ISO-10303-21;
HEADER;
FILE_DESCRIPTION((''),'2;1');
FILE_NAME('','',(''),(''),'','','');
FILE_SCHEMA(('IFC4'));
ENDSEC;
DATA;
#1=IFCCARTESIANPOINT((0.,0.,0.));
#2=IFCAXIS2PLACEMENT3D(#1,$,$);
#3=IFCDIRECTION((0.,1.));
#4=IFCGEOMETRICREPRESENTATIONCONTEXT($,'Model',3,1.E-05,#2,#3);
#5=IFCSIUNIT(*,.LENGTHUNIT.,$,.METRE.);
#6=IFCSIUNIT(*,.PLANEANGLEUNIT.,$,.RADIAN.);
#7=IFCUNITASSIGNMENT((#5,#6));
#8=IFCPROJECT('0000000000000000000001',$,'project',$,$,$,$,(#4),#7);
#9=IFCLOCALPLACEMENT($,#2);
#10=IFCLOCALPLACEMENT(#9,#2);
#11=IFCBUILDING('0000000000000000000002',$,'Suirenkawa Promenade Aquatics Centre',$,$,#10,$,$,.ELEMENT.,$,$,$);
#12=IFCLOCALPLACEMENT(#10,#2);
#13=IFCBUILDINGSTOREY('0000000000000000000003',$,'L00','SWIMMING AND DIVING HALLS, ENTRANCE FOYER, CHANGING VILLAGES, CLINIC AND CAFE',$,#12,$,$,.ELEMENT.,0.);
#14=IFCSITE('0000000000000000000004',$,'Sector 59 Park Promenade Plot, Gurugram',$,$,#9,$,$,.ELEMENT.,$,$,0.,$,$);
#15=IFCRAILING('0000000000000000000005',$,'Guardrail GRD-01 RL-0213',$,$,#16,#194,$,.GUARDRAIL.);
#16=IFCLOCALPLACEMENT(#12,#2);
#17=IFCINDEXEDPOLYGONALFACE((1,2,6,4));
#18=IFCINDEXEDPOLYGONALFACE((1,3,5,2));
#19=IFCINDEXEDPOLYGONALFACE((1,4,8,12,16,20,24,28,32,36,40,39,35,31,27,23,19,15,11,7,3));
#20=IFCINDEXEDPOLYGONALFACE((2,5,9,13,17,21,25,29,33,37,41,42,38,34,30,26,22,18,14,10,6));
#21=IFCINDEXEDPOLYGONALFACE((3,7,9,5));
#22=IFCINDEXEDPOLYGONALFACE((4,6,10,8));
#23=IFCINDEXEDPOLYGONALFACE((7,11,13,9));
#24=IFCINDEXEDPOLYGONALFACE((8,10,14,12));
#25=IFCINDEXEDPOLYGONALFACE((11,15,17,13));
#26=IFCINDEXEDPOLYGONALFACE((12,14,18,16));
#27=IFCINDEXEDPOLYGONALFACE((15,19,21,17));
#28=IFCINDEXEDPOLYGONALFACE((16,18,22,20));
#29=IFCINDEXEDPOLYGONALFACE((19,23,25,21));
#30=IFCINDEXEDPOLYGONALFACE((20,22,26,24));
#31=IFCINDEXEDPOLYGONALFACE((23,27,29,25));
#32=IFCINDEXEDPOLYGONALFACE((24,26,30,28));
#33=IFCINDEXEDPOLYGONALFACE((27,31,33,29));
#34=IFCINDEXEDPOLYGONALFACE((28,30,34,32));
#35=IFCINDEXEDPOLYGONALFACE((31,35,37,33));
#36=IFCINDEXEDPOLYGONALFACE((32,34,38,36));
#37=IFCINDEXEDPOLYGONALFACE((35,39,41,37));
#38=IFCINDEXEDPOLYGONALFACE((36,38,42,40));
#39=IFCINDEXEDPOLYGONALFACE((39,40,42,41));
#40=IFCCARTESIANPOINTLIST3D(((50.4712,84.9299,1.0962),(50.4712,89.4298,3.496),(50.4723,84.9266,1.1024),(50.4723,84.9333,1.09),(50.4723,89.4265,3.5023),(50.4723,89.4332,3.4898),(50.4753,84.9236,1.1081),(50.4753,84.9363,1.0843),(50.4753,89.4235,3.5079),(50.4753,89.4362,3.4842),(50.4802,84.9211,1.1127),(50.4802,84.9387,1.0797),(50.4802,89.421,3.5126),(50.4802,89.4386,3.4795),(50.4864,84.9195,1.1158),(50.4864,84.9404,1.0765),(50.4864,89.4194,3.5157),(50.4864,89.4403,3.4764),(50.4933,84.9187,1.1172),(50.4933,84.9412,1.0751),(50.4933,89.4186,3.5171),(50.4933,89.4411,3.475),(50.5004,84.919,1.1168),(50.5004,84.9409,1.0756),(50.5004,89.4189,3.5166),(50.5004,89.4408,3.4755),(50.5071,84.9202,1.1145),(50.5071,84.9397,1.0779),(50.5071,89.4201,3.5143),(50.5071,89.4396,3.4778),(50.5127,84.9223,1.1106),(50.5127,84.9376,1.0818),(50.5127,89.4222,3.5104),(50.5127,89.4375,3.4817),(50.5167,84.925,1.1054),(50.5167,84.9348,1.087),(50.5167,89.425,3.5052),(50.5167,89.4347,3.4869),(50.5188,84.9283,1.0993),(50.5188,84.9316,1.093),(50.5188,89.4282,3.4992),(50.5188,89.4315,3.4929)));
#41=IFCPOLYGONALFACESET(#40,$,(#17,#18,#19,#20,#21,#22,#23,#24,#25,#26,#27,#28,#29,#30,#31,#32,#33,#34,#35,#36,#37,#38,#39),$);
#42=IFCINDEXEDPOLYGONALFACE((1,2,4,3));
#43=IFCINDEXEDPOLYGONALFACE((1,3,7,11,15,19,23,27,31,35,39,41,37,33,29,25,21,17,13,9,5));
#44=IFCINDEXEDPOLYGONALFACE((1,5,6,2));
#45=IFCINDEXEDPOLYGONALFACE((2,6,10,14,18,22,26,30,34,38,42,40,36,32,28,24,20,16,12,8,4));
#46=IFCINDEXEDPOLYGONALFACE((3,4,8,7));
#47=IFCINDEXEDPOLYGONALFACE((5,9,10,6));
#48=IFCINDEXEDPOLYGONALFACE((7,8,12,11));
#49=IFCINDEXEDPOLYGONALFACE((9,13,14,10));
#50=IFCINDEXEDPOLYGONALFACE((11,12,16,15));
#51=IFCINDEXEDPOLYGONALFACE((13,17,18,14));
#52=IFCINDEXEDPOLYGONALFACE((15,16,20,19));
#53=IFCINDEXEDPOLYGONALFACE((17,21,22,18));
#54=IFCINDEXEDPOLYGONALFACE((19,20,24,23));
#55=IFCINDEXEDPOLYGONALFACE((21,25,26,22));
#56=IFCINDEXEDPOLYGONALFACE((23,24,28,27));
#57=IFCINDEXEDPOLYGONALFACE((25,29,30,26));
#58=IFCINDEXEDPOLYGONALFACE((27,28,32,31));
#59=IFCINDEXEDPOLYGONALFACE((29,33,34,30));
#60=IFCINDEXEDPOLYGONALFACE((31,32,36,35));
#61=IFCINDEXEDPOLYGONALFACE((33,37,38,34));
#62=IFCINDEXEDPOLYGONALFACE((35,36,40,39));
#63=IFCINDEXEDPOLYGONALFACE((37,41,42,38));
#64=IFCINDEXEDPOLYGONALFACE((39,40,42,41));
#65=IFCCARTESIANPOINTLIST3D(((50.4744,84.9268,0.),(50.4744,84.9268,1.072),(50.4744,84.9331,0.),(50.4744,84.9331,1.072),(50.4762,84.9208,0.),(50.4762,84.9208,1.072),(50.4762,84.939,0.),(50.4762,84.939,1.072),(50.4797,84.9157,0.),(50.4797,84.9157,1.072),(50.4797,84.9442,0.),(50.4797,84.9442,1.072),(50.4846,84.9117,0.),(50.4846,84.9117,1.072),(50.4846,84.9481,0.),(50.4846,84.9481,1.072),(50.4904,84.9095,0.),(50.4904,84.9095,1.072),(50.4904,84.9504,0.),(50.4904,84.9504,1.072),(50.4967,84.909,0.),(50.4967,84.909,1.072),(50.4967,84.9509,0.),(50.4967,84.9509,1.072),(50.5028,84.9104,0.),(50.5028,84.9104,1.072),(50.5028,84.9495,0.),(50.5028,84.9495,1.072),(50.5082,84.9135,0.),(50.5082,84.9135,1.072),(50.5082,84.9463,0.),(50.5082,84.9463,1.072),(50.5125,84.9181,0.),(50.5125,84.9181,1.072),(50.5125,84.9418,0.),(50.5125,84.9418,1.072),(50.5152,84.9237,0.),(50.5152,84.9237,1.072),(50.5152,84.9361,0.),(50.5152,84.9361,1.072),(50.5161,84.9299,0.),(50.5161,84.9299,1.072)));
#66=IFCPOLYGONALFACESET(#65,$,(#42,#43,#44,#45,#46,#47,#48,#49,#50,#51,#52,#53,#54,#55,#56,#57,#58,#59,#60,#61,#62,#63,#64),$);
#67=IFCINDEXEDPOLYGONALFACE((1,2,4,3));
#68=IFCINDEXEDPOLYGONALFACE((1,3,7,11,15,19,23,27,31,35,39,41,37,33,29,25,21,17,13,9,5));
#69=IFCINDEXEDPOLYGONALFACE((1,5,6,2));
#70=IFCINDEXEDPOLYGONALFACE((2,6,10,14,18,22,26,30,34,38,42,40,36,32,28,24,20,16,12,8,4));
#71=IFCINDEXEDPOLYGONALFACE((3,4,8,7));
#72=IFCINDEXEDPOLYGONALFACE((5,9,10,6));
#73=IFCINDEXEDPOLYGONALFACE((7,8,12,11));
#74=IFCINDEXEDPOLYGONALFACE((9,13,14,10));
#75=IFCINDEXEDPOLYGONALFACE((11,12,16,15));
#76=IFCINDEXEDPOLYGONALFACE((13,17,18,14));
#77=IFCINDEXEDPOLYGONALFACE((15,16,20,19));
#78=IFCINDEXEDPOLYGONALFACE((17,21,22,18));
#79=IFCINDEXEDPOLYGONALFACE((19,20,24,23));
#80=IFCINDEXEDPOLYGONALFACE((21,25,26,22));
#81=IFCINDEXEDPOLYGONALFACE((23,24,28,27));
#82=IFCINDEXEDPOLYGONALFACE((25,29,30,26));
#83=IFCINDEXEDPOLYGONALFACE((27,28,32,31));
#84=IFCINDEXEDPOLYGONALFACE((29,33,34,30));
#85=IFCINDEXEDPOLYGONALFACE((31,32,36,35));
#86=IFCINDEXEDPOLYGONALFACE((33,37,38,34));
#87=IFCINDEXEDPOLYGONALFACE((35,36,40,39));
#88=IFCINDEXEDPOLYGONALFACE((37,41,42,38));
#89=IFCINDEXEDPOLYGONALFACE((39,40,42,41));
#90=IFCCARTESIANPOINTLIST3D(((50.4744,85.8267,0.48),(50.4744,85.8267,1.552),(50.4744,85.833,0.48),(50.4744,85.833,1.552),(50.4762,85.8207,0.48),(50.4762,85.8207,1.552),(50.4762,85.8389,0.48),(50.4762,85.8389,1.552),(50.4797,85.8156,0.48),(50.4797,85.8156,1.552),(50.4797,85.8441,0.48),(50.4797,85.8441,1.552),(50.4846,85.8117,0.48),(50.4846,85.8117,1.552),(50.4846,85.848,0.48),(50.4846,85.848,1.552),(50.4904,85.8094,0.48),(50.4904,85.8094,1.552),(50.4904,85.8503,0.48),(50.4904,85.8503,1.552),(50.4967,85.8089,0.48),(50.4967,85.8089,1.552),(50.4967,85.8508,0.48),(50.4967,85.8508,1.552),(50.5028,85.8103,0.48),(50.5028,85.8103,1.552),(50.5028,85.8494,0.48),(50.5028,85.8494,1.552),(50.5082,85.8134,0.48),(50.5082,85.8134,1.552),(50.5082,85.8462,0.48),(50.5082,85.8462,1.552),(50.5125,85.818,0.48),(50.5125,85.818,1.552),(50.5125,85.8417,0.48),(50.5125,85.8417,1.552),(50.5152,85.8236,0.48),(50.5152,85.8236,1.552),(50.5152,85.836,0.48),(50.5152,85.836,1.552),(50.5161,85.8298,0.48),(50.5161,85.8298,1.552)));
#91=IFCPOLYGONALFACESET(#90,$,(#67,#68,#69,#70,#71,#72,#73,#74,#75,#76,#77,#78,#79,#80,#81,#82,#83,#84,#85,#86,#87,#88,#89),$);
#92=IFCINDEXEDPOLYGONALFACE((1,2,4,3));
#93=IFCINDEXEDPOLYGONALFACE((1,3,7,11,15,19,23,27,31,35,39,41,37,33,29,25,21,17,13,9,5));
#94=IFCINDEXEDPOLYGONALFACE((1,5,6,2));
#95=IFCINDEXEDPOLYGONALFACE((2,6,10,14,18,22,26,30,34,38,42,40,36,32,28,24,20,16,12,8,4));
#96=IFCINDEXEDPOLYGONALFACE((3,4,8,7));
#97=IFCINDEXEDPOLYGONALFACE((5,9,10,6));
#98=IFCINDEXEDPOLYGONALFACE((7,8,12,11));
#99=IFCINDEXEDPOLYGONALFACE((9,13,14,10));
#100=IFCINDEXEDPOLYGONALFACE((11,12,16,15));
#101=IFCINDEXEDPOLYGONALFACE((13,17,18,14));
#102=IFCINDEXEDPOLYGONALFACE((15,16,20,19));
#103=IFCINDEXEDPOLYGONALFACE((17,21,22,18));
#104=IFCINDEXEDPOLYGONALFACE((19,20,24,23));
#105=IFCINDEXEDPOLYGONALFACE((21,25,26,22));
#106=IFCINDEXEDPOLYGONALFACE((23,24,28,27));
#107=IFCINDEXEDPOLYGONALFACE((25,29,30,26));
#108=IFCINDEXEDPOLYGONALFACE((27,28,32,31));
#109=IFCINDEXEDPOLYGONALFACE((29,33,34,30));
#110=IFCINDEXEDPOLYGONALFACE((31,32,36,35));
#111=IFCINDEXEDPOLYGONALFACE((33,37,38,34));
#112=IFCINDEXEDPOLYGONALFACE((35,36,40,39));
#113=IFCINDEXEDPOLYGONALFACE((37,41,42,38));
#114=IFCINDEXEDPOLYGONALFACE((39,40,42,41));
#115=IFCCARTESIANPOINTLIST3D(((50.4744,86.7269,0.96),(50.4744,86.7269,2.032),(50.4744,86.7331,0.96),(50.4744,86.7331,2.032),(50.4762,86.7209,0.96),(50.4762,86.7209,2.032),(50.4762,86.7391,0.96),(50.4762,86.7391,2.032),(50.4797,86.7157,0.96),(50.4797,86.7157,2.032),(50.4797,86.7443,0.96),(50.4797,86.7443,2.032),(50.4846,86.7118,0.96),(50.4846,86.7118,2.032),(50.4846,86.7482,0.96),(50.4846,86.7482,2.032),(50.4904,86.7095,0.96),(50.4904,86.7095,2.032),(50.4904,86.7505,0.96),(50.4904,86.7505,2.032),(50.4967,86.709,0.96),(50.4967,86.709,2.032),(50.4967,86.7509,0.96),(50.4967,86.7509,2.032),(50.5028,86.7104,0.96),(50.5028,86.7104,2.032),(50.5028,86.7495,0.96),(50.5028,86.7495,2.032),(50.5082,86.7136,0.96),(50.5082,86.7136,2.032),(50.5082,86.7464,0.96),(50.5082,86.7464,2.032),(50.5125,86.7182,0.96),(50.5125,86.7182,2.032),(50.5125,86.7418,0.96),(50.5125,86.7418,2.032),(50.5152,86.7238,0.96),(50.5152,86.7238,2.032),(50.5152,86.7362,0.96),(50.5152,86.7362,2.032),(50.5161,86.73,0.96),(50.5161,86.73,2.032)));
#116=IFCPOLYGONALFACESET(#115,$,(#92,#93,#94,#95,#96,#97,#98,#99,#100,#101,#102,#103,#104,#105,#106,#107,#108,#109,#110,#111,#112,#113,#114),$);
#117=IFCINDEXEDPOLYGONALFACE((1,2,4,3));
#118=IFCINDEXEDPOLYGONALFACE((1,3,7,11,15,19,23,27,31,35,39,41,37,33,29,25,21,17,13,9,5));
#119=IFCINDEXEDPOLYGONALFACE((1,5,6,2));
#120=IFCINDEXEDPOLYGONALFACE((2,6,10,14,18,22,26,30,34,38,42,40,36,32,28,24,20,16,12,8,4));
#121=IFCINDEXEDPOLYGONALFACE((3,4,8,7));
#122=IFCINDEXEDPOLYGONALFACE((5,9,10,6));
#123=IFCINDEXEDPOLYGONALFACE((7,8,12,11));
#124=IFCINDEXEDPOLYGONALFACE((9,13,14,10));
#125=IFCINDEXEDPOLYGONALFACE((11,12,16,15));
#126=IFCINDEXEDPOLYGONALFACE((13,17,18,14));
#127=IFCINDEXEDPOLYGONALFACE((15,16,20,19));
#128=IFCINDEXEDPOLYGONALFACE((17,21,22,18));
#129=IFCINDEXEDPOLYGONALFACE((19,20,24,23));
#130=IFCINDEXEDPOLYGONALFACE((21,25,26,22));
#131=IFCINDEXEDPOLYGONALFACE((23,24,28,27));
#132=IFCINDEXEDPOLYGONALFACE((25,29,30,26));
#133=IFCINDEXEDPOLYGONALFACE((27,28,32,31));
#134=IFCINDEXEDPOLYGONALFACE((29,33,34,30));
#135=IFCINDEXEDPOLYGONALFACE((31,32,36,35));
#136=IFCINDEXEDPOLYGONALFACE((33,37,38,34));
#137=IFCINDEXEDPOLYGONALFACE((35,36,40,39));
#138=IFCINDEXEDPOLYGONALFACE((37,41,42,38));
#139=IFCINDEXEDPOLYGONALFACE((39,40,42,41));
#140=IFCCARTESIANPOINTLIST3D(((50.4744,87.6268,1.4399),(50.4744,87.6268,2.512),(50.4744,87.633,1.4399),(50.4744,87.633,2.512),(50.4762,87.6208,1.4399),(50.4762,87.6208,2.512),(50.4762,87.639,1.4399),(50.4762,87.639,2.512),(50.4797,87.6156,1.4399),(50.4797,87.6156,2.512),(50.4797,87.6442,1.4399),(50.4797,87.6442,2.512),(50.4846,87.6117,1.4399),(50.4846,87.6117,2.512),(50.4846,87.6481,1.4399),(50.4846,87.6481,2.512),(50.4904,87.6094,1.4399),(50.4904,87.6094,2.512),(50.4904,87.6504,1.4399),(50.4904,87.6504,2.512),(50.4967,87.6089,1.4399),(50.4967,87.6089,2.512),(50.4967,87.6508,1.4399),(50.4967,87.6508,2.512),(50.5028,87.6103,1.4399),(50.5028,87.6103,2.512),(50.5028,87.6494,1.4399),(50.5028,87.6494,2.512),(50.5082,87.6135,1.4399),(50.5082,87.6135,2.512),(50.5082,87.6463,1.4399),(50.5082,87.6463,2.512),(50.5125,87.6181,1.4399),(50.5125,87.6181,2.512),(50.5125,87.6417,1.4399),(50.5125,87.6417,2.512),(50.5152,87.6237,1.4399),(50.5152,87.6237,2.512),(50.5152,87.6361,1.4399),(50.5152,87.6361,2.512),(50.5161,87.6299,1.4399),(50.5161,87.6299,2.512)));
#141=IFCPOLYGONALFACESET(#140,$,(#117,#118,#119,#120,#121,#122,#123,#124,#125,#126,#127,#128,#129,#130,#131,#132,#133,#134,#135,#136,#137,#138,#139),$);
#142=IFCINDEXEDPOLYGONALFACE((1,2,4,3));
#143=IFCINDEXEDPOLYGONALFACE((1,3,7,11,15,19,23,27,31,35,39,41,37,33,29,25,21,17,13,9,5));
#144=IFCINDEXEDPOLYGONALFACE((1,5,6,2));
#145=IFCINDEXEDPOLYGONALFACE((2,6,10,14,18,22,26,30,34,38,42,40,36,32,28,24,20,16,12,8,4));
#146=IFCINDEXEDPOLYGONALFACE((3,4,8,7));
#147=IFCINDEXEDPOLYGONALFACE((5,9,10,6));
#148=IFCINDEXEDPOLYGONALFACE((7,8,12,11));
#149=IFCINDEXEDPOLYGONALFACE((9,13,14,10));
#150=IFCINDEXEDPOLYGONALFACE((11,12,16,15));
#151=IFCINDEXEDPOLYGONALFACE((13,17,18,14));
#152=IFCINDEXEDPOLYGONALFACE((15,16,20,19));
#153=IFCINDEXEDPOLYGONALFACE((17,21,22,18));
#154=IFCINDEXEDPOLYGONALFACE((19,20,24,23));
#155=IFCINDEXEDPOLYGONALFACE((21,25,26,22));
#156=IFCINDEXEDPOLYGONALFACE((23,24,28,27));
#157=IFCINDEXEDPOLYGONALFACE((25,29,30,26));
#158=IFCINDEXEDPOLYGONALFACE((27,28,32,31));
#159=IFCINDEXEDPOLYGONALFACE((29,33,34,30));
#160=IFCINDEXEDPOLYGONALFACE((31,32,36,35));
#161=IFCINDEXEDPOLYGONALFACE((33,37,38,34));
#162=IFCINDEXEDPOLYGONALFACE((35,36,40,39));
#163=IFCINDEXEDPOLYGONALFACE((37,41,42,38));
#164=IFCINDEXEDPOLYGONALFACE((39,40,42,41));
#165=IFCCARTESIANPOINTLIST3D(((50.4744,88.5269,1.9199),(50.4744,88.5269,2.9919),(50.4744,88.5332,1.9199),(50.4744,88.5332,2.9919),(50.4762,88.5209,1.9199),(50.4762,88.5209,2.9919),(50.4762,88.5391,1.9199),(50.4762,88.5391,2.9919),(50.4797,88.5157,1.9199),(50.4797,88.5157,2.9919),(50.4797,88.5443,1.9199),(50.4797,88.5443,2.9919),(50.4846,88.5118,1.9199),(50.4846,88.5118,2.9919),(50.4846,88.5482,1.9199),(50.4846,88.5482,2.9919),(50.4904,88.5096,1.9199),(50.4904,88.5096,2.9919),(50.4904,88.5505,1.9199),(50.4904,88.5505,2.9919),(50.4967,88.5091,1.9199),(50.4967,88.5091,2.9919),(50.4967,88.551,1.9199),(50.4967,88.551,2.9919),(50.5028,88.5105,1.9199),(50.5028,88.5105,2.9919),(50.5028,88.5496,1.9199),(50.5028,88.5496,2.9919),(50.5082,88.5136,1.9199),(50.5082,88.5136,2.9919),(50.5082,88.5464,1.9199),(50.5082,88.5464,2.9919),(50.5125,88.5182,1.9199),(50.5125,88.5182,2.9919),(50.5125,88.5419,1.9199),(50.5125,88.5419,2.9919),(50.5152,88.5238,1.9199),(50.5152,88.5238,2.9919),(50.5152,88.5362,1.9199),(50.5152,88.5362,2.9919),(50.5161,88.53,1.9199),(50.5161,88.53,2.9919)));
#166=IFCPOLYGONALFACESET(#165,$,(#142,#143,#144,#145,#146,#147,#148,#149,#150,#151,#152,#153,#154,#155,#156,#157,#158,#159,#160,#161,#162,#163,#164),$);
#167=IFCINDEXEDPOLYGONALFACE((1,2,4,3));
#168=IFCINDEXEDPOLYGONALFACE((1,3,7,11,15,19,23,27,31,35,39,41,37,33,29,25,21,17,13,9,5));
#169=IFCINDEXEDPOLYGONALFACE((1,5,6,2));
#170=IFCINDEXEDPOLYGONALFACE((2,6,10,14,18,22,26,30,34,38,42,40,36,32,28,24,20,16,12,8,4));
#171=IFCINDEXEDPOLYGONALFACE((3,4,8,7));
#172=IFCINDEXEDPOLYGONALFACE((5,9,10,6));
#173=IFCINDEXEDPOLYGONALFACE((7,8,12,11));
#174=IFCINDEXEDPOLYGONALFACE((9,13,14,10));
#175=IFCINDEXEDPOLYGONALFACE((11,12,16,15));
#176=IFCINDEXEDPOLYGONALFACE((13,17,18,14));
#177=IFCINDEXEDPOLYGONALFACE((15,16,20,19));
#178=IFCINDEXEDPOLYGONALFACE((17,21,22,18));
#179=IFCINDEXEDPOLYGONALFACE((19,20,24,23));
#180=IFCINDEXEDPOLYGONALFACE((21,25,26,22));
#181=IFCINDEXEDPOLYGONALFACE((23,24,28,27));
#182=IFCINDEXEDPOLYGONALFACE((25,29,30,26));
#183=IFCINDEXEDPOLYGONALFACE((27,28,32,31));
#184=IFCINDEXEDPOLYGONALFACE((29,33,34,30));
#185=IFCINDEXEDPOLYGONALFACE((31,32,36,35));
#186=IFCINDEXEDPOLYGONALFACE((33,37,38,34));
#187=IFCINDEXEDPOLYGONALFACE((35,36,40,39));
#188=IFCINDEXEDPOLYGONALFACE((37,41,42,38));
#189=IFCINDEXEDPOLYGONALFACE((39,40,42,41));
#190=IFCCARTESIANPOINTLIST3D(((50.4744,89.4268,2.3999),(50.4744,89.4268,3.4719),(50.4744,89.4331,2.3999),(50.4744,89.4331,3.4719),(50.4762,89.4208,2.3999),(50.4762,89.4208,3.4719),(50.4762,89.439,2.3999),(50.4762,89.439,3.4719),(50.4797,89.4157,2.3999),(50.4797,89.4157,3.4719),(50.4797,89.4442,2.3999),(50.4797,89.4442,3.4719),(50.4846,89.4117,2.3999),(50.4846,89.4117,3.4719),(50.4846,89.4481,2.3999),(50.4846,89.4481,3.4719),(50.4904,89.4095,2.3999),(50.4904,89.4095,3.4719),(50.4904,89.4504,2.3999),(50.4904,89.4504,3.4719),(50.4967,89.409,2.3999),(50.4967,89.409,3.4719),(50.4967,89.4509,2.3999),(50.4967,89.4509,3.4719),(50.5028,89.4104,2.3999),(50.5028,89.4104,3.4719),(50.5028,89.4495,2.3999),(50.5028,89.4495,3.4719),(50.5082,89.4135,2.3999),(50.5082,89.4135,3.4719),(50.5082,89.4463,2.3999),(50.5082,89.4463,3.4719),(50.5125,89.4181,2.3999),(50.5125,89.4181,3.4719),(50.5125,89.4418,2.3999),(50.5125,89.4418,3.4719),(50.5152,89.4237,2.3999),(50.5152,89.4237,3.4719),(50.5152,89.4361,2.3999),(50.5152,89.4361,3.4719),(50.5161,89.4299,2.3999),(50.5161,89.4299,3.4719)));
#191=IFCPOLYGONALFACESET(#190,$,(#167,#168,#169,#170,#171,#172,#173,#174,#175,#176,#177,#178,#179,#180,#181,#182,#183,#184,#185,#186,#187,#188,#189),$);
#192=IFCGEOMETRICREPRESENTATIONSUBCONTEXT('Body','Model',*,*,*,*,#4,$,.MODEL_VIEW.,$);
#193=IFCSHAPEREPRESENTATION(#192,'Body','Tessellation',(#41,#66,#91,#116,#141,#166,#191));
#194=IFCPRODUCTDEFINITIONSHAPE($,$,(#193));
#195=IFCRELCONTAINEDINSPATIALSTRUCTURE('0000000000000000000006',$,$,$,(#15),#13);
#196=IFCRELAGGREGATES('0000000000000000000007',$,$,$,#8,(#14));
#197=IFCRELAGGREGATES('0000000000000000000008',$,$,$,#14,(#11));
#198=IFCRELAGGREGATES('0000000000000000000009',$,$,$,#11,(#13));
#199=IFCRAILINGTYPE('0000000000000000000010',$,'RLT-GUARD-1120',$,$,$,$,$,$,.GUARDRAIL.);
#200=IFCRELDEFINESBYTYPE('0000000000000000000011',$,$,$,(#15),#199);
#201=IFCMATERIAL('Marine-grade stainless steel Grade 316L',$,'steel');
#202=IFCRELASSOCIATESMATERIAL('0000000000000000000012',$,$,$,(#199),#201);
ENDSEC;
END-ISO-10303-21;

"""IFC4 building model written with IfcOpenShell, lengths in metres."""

from ifc_helpers import new_model, si_unit, direction, frame, origin, origin_2d, place, context, subcontext, project, spatial, circle, extrude, material, type_object, element, save


model = new_model("IFC4")

# Units and contexts
model_context = context("Model", 3, precision=1e-05, world=origin(), true_north=direction((0.0, 1.0)))
body_context = subcontext(model_context, "Body", "Model", "MODEL_VIEW")
ifc_project = project(units=[si_unit("LENGTHUNIT", "METRE"), si_unit("PLANEANGLEUNIT", "RADIAN")], contexts=[model_context])

# Site, building, storey
site_placement = place(None, origin())
site = spatial("IfcSite", under=ifc_project, at=site_placement, Name="Sector 59 Park Promenade Plot, Gurugram", CompositionType="ELEMENT", RefElevation=0.0)
building_placement = place(site_placement, origin())
building = spatial("IfcBuilding", under=site, at=building_placement, Name="Suirenkawa Promenade Aquatics Centre", CompositionType="ELEMENT")
storey_placement = place(building_placement, origin())
storey = spatial("IfcBuildingStorey", under=building, at=storey_placement, Name="L00", Description="SWIMMING AND DIVING HALLS, ENTRANCE FOYER, CHANGING VILLAGES, CLINIC AND CAFE", CompositionType="ELEMENT", Elevation=0.0)

# Railing
ifc_material_1 = material(Name="Marine-grade stainless steel Grade 316L", Category="steel")
railing_type_1 = type_object("IfcRailingType", Name="RLT-GUARD-1120", PredefinedType="GUARDRAIL", material=ifc_material_1)
for number, where, name in (
    (1, (50.4951, 84.9299, 0.0), "Guardrail GRD-01 RL-0213"),
):
    element("IfcRailing", number, at=place(storey_placement, frame(where)), inside=storey, type_object=railing_type_1, Name=name, PredefinedType="GUARDRAIL", context=body_context, shape_type="SweptSolid", body=[
        extrude(circle(Radius=0.0239, at=origin_2d()), frame((0.0, 0.0, 1.0962), z_axis=(0.0, 0.882361, 0.470573), x_axis=(-1.0, 0.0, 0.0)), (0.0, 0.0, 1.0), 5.0999),
        extrude(circle(Radius=0.021, at=origin_2d()), origin(), (0.0, 0.0, 1.0), 1.072),
        extrude(circle(Radius=0.021, at=origin_2d()), frame((0.0, 0.8999, 0.48)), (0.0, 0.0, 1.0), 1.072),
        extrude(circle(Radius=0.021, at=origin_2d()), frame((0.0, 1.8, 0.96)), (0.0, 0.0, 1.0), 1.072),
        extrude(circle(Radius=0.021, at=origin_2d()), frame((0.0, 2.7, 1.4399)), (0.0, 0.0, 1.0), 1.072),
        extrude(circle(Radius=0.021, at=origin_2d()), frame((0.0, 3.6001, 1.9199)), (0.0, 0.0, 1.0), 1.072),
        extrude(circle(Radius=0.021, at=origin_2d()), frame((0.0, 4.5, 2.3999)), (0.0, 0.0, 1.0), 1.072),
    ])

save(model, "model.ifc")
